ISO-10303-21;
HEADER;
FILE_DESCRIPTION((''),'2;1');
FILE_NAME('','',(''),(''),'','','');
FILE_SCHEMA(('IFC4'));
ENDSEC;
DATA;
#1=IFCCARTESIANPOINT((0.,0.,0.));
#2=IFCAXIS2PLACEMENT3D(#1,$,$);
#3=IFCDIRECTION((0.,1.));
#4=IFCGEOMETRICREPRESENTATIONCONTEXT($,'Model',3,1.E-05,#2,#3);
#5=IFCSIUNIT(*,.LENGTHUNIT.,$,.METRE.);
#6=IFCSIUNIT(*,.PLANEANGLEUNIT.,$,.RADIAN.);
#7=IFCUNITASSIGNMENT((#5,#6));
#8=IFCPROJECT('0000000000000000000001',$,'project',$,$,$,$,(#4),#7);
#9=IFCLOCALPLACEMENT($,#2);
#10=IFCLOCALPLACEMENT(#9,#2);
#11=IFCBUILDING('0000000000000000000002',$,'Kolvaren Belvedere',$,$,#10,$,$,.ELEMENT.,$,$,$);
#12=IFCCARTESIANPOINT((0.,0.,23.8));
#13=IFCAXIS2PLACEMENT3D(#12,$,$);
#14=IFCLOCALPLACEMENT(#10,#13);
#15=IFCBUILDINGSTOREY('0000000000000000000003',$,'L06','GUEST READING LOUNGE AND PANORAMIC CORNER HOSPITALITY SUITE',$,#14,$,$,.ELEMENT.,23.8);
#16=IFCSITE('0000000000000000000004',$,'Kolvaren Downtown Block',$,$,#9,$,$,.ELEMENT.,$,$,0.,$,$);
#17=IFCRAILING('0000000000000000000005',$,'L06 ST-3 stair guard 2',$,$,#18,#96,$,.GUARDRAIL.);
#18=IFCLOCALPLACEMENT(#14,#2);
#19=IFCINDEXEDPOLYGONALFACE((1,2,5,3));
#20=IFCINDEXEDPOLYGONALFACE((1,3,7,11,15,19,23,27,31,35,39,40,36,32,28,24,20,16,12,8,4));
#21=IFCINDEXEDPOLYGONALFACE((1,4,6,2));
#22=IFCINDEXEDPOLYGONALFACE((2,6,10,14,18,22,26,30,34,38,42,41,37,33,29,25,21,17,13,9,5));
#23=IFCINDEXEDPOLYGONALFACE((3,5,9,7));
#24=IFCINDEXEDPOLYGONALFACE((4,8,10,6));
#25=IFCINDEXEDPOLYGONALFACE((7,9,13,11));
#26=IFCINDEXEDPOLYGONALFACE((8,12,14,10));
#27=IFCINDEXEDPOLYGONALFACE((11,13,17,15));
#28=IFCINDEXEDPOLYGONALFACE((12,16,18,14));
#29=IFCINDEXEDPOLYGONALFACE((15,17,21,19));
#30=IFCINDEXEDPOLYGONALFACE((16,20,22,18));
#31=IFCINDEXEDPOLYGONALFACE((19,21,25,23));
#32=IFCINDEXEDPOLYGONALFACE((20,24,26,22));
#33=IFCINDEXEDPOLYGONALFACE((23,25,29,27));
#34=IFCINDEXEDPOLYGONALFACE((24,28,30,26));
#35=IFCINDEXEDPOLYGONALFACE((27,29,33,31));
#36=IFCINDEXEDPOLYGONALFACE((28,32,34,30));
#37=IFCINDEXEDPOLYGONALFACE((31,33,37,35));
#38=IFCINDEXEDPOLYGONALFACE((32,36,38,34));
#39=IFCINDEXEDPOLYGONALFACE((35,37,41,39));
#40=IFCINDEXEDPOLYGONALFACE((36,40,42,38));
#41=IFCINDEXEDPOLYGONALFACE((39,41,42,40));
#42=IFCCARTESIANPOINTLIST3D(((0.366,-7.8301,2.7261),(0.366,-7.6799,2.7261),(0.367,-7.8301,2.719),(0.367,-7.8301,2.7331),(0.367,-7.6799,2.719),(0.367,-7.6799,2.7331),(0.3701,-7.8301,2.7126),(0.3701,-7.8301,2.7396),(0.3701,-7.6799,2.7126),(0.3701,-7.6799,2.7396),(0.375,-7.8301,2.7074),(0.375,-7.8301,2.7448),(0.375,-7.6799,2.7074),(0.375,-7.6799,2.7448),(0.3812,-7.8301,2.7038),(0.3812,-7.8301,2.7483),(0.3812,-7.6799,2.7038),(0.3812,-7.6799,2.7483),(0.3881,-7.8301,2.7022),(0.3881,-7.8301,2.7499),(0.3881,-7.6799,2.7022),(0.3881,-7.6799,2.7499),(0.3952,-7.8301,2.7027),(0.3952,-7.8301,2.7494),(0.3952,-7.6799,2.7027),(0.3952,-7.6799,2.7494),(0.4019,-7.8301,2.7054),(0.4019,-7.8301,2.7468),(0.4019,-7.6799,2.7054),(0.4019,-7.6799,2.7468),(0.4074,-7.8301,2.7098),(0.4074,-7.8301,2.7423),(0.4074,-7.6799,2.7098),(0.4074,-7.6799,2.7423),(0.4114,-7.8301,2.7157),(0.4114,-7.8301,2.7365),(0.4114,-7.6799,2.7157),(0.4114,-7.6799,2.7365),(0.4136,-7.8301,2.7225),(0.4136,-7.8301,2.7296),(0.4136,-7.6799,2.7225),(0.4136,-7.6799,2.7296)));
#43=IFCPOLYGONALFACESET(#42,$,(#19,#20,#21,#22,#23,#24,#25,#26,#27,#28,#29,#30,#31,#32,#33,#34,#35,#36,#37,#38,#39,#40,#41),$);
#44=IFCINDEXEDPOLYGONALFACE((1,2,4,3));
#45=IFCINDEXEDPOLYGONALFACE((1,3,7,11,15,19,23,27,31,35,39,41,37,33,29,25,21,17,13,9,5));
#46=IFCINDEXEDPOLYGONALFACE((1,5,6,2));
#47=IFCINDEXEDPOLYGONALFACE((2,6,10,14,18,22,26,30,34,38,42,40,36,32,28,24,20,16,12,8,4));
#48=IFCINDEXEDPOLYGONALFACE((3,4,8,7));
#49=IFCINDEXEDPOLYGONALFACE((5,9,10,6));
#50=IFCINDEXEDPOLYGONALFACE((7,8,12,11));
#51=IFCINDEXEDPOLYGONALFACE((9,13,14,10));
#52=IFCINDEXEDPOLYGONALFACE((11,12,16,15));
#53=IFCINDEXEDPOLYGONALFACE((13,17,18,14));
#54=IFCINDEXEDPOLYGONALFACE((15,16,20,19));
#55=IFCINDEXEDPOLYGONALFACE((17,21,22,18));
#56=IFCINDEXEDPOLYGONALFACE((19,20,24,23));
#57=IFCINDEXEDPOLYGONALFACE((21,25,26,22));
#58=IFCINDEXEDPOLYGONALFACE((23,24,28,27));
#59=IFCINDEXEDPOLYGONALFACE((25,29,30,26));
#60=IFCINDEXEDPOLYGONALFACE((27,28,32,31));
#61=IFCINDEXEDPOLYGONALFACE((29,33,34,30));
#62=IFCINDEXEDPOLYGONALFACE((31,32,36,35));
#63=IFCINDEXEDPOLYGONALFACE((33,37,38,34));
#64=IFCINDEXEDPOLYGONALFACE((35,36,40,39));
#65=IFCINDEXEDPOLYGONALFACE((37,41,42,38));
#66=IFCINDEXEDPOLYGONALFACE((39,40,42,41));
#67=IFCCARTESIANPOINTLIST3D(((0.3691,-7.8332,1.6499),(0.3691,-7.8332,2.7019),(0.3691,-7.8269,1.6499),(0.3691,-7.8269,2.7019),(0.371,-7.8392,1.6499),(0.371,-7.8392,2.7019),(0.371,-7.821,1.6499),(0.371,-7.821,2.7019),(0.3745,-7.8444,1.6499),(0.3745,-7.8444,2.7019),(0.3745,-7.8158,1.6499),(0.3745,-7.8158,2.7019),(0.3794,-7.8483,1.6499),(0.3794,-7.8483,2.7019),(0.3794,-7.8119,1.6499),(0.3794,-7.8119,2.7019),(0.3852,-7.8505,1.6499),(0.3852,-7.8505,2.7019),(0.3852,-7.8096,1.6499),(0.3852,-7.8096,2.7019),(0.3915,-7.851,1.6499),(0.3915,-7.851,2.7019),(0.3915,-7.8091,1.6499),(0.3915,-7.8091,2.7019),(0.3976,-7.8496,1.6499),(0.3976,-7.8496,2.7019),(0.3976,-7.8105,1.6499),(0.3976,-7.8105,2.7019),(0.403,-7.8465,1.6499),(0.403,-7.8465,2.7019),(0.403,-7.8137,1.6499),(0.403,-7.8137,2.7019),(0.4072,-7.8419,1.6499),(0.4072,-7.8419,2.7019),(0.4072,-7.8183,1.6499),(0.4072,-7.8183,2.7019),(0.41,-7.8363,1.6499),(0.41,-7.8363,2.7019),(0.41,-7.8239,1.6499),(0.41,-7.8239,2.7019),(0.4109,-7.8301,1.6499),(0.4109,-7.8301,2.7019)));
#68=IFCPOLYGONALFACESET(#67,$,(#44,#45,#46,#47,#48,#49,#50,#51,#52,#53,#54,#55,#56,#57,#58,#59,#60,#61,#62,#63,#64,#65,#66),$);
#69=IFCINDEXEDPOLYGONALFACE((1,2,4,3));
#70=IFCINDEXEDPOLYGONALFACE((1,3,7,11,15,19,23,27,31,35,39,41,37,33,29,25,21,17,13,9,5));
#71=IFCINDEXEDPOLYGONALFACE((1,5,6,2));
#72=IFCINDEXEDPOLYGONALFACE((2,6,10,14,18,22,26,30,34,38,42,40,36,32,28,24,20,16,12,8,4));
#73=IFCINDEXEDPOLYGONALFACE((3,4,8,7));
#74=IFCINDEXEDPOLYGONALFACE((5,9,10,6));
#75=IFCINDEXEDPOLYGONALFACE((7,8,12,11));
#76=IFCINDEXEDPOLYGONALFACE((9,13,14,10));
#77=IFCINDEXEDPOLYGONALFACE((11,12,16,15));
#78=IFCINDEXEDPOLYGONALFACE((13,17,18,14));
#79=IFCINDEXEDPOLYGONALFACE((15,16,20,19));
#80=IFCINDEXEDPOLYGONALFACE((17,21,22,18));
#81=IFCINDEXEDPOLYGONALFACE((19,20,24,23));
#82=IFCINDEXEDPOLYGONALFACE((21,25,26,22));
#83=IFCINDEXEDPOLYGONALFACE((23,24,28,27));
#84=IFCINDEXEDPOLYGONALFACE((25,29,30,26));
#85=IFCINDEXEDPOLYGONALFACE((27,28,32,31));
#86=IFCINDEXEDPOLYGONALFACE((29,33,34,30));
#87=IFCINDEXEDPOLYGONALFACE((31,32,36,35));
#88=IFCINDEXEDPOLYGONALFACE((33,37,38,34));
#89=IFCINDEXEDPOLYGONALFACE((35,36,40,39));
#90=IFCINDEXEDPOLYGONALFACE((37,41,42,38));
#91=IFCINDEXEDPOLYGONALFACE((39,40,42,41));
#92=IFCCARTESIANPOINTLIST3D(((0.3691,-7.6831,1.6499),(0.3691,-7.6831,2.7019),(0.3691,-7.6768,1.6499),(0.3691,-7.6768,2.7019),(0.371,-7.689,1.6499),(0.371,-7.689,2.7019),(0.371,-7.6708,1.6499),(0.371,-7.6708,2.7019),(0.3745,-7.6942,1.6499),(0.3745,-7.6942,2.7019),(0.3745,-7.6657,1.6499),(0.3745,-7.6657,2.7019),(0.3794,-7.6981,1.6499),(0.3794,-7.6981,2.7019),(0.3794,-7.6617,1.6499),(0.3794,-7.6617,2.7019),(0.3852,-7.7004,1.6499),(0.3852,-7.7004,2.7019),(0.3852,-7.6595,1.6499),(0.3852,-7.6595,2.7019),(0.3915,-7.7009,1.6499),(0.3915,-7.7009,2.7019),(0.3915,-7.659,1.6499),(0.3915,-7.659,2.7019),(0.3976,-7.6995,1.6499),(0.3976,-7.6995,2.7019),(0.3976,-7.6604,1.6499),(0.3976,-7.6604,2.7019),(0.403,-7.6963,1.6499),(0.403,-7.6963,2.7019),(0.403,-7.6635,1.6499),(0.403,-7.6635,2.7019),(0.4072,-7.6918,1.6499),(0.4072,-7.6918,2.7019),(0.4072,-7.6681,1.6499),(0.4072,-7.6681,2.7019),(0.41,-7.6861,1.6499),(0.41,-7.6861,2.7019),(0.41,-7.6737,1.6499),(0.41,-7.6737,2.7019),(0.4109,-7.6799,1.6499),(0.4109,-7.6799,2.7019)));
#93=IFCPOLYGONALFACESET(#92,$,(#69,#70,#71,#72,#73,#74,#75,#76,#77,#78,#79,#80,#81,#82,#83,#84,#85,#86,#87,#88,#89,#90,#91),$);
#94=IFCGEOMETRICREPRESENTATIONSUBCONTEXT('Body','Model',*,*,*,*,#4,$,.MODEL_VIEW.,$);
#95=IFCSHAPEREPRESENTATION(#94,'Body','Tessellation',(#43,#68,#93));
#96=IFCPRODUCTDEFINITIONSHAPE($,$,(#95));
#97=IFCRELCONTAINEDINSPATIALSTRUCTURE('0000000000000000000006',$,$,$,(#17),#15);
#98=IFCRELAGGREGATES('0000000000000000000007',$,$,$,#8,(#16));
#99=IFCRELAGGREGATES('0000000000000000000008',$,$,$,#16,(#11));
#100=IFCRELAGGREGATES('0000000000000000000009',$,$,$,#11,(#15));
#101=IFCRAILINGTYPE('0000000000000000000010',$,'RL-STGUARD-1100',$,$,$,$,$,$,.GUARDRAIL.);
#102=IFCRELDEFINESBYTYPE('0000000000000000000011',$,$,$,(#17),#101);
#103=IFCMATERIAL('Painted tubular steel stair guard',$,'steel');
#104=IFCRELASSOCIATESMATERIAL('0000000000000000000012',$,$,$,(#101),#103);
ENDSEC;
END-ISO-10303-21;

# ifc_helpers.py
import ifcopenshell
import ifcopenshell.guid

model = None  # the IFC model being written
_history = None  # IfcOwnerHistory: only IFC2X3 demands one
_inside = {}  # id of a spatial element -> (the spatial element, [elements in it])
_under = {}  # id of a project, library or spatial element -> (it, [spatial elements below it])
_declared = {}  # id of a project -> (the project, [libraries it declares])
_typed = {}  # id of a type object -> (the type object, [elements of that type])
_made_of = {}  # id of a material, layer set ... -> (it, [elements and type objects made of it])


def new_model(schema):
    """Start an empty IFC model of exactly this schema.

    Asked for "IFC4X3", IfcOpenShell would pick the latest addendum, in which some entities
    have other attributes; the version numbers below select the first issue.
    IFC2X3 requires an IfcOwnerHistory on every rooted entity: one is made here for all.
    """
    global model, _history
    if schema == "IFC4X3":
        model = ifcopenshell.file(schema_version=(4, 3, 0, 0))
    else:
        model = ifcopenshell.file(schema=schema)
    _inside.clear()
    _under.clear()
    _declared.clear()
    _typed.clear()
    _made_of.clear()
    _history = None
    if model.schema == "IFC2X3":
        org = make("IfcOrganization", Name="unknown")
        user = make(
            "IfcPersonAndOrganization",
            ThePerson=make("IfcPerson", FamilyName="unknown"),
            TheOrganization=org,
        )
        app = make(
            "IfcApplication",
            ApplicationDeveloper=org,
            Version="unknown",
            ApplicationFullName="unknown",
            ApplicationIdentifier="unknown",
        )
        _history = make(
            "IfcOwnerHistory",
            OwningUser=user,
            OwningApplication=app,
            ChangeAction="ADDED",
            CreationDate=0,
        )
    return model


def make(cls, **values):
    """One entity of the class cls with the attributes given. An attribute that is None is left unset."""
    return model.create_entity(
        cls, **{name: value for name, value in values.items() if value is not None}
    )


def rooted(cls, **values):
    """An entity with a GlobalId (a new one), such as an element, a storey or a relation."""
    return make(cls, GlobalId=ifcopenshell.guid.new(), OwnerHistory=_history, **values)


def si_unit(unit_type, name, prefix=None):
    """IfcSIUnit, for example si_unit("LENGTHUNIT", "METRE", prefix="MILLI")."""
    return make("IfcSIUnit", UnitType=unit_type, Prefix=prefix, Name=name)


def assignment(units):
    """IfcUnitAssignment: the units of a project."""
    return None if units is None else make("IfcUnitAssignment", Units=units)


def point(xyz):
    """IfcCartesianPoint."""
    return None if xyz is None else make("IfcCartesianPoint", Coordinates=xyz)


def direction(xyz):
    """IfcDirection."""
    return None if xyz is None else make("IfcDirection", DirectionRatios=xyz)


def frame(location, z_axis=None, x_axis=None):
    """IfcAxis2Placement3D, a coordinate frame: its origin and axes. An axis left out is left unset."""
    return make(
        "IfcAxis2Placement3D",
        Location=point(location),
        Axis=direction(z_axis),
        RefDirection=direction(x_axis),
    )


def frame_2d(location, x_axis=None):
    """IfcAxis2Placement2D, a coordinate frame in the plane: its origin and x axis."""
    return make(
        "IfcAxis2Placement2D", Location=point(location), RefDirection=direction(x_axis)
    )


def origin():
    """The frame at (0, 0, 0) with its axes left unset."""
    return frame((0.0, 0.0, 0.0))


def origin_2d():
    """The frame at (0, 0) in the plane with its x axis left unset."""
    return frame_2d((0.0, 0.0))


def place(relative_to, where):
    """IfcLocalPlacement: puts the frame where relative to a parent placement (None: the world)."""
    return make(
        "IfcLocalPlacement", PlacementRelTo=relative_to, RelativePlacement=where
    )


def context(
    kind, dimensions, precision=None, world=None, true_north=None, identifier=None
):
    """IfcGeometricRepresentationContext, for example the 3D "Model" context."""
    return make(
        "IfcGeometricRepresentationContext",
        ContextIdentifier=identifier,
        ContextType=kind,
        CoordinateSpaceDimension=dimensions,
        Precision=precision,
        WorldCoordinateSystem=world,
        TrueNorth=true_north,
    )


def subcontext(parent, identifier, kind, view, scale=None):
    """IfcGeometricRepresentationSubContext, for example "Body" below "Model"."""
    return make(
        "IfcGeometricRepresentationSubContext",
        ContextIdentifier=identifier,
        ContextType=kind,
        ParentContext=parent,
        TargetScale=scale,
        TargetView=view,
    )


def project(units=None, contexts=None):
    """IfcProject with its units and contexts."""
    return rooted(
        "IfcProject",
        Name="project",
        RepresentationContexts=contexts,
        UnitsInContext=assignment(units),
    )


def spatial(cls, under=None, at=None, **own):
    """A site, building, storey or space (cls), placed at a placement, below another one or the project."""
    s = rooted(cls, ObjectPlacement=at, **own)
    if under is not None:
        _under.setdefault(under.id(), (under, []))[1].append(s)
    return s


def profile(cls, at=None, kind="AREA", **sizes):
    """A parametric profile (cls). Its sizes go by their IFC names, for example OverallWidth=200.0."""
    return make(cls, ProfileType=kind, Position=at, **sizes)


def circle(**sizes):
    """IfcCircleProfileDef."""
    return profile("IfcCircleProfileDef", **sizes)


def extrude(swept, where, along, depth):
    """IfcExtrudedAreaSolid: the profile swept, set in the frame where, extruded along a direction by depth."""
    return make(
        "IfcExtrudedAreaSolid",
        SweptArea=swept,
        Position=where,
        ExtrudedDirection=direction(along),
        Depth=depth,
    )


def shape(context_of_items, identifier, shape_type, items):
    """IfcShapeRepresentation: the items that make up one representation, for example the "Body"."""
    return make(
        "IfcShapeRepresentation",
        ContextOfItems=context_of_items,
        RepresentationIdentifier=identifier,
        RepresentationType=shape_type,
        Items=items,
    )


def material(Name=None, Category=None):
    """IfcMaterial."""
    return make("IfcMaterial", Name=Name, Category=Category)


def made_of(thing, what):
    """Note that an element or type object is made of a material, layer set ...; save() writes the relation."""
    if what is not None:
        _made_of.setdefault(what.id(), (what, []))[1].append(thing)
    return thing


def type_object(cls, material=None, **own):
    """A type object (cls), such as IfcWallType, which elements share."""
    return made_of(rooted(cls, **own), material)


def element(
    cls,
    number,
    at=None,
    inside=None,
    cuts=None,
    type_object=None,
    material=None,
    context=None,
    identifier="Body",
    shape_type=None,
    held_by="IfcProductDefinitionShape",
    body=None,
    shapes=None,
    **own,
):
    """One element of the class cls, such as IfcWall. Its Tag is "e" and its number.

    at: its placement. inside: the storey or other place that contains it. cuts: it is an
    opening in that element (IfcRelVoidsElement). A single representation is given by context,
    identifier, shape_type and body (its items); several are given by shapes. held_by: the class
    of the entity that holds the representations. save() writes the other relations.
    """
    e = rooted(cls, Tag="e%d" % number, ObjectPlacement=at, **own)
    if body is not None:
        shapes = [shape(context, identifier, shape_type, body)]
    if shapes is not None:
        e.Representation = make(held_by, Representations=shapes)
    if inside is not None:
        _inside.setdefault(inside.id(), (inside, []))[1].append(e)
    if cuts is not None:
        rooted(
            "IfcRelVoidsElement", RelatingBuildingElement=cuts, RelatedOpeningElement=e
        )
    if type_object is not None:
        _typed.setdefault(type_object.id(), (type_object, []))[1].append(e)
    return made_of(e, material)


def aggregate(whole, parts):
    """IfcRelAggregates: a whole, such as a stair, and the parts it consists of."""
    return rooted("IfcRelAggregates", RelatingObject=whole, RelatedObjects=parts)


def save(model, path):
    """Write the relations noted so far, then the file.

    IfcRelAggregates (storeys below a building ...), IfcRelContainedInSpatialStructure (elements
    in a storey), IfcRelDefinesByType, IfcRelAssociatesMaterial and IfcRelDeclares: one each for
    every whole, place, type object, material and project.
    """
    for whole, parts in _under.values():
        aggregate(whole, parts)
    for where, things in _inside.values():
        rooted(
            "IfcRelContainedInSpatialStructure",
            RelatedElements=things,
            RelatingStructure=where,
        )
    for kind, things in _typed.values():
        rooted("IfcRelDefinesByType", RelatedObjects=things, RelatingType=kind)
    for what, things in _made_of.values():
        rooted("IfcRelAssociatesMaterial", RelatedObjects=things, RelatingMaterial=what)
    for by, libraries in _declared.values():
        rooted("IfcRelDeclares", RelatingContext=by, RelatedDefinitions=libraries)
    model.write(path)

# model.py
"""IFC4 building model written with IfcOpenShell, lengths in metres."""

from ifc_helpers import new_model, si_unit, direction, frame, origin, origin_2d, place, context, subcontext, project, spatial, circle, extrude, material, type_object, element, save


model = new_model("IFC4")

# Units and contexts
model_context = context("Model", 3, precision=1e-05, world=origin(), true_north=direction((0.0, 1.0)))
body_context = subcontext(model_context, "Body", "Model", "MODEL_VIEW")
ifc_project = project(units=[si_unit("LENGTHUNIT", "METRE"), si_unit("PLANEANGLEUNIT", "RADIAN")], contexts=[model_context])

# Site, building, storey
site_placement = place(None, origin())
site = spatial("IfcSite", under=ifc_project, at=site_placement, Name="Kolvaren Downtown Block", CompositionType="ELEMENT", RefElevation=0.0)
building_placement = place(site_placement, origin())
building = spatial("IfcBuilding", under=site, at=building_placement, Name="Kolvaren Belvedere", CompositionType="ELEMENT")
storey_placement = place(building_placement, frame((0.0, 0.0, 23.8)))
storey = spatial("IfcBuildingStorey", under=building, at=storey_placement, Name="L06", Description="GUEST READING LOUNGE AND PANORAMIC CORNER HOSPITALITY SUITE", CompositionType="ELEMENT", Elevation=23.8)

# Railing
ifc_material_1 = material(Name="Painted tubular steel stair guard", Category="steel")
railing_type_1 = type_object("IfcRailingType", Name="RL-STGUARD-1100", PredefinedType="GUARDRAIL", material=ifc_material_1)
railing_1_placement = place(storey_placement, frame((0.3899, -7.8301, 1.6499)))
element("IfcRailing", 1, at=railing_1_placement, inside=storey, type_object=railing_type_1, Name="L06 ST-3 stair guard 2", PredefinedType="GUARDRAIL", context=body_context, shape_type="SweptSolid", body=[
    extrude(circle(Radius=0.0239, at=origin_2d()), frame((0.0, 0.0, 1.0762), z_axis=(0.0, 1.0, 0.0), x_axis=(-1.0, 0.0, 0.0)), (0.0, 0.0, 1.0), 0.1501),
    extrude(circle(Radius=0.021, at=origin_2d()), origin(), (0.0, 0.0, 1.0), 1.052),
    extrude(circle(Radius=0.021, at=origin_2d()), frame((0.0, 0.1501, 0.0)), (0.0, 0.0, 1.0), 1.052),
])

save(model, "model.ifc")
